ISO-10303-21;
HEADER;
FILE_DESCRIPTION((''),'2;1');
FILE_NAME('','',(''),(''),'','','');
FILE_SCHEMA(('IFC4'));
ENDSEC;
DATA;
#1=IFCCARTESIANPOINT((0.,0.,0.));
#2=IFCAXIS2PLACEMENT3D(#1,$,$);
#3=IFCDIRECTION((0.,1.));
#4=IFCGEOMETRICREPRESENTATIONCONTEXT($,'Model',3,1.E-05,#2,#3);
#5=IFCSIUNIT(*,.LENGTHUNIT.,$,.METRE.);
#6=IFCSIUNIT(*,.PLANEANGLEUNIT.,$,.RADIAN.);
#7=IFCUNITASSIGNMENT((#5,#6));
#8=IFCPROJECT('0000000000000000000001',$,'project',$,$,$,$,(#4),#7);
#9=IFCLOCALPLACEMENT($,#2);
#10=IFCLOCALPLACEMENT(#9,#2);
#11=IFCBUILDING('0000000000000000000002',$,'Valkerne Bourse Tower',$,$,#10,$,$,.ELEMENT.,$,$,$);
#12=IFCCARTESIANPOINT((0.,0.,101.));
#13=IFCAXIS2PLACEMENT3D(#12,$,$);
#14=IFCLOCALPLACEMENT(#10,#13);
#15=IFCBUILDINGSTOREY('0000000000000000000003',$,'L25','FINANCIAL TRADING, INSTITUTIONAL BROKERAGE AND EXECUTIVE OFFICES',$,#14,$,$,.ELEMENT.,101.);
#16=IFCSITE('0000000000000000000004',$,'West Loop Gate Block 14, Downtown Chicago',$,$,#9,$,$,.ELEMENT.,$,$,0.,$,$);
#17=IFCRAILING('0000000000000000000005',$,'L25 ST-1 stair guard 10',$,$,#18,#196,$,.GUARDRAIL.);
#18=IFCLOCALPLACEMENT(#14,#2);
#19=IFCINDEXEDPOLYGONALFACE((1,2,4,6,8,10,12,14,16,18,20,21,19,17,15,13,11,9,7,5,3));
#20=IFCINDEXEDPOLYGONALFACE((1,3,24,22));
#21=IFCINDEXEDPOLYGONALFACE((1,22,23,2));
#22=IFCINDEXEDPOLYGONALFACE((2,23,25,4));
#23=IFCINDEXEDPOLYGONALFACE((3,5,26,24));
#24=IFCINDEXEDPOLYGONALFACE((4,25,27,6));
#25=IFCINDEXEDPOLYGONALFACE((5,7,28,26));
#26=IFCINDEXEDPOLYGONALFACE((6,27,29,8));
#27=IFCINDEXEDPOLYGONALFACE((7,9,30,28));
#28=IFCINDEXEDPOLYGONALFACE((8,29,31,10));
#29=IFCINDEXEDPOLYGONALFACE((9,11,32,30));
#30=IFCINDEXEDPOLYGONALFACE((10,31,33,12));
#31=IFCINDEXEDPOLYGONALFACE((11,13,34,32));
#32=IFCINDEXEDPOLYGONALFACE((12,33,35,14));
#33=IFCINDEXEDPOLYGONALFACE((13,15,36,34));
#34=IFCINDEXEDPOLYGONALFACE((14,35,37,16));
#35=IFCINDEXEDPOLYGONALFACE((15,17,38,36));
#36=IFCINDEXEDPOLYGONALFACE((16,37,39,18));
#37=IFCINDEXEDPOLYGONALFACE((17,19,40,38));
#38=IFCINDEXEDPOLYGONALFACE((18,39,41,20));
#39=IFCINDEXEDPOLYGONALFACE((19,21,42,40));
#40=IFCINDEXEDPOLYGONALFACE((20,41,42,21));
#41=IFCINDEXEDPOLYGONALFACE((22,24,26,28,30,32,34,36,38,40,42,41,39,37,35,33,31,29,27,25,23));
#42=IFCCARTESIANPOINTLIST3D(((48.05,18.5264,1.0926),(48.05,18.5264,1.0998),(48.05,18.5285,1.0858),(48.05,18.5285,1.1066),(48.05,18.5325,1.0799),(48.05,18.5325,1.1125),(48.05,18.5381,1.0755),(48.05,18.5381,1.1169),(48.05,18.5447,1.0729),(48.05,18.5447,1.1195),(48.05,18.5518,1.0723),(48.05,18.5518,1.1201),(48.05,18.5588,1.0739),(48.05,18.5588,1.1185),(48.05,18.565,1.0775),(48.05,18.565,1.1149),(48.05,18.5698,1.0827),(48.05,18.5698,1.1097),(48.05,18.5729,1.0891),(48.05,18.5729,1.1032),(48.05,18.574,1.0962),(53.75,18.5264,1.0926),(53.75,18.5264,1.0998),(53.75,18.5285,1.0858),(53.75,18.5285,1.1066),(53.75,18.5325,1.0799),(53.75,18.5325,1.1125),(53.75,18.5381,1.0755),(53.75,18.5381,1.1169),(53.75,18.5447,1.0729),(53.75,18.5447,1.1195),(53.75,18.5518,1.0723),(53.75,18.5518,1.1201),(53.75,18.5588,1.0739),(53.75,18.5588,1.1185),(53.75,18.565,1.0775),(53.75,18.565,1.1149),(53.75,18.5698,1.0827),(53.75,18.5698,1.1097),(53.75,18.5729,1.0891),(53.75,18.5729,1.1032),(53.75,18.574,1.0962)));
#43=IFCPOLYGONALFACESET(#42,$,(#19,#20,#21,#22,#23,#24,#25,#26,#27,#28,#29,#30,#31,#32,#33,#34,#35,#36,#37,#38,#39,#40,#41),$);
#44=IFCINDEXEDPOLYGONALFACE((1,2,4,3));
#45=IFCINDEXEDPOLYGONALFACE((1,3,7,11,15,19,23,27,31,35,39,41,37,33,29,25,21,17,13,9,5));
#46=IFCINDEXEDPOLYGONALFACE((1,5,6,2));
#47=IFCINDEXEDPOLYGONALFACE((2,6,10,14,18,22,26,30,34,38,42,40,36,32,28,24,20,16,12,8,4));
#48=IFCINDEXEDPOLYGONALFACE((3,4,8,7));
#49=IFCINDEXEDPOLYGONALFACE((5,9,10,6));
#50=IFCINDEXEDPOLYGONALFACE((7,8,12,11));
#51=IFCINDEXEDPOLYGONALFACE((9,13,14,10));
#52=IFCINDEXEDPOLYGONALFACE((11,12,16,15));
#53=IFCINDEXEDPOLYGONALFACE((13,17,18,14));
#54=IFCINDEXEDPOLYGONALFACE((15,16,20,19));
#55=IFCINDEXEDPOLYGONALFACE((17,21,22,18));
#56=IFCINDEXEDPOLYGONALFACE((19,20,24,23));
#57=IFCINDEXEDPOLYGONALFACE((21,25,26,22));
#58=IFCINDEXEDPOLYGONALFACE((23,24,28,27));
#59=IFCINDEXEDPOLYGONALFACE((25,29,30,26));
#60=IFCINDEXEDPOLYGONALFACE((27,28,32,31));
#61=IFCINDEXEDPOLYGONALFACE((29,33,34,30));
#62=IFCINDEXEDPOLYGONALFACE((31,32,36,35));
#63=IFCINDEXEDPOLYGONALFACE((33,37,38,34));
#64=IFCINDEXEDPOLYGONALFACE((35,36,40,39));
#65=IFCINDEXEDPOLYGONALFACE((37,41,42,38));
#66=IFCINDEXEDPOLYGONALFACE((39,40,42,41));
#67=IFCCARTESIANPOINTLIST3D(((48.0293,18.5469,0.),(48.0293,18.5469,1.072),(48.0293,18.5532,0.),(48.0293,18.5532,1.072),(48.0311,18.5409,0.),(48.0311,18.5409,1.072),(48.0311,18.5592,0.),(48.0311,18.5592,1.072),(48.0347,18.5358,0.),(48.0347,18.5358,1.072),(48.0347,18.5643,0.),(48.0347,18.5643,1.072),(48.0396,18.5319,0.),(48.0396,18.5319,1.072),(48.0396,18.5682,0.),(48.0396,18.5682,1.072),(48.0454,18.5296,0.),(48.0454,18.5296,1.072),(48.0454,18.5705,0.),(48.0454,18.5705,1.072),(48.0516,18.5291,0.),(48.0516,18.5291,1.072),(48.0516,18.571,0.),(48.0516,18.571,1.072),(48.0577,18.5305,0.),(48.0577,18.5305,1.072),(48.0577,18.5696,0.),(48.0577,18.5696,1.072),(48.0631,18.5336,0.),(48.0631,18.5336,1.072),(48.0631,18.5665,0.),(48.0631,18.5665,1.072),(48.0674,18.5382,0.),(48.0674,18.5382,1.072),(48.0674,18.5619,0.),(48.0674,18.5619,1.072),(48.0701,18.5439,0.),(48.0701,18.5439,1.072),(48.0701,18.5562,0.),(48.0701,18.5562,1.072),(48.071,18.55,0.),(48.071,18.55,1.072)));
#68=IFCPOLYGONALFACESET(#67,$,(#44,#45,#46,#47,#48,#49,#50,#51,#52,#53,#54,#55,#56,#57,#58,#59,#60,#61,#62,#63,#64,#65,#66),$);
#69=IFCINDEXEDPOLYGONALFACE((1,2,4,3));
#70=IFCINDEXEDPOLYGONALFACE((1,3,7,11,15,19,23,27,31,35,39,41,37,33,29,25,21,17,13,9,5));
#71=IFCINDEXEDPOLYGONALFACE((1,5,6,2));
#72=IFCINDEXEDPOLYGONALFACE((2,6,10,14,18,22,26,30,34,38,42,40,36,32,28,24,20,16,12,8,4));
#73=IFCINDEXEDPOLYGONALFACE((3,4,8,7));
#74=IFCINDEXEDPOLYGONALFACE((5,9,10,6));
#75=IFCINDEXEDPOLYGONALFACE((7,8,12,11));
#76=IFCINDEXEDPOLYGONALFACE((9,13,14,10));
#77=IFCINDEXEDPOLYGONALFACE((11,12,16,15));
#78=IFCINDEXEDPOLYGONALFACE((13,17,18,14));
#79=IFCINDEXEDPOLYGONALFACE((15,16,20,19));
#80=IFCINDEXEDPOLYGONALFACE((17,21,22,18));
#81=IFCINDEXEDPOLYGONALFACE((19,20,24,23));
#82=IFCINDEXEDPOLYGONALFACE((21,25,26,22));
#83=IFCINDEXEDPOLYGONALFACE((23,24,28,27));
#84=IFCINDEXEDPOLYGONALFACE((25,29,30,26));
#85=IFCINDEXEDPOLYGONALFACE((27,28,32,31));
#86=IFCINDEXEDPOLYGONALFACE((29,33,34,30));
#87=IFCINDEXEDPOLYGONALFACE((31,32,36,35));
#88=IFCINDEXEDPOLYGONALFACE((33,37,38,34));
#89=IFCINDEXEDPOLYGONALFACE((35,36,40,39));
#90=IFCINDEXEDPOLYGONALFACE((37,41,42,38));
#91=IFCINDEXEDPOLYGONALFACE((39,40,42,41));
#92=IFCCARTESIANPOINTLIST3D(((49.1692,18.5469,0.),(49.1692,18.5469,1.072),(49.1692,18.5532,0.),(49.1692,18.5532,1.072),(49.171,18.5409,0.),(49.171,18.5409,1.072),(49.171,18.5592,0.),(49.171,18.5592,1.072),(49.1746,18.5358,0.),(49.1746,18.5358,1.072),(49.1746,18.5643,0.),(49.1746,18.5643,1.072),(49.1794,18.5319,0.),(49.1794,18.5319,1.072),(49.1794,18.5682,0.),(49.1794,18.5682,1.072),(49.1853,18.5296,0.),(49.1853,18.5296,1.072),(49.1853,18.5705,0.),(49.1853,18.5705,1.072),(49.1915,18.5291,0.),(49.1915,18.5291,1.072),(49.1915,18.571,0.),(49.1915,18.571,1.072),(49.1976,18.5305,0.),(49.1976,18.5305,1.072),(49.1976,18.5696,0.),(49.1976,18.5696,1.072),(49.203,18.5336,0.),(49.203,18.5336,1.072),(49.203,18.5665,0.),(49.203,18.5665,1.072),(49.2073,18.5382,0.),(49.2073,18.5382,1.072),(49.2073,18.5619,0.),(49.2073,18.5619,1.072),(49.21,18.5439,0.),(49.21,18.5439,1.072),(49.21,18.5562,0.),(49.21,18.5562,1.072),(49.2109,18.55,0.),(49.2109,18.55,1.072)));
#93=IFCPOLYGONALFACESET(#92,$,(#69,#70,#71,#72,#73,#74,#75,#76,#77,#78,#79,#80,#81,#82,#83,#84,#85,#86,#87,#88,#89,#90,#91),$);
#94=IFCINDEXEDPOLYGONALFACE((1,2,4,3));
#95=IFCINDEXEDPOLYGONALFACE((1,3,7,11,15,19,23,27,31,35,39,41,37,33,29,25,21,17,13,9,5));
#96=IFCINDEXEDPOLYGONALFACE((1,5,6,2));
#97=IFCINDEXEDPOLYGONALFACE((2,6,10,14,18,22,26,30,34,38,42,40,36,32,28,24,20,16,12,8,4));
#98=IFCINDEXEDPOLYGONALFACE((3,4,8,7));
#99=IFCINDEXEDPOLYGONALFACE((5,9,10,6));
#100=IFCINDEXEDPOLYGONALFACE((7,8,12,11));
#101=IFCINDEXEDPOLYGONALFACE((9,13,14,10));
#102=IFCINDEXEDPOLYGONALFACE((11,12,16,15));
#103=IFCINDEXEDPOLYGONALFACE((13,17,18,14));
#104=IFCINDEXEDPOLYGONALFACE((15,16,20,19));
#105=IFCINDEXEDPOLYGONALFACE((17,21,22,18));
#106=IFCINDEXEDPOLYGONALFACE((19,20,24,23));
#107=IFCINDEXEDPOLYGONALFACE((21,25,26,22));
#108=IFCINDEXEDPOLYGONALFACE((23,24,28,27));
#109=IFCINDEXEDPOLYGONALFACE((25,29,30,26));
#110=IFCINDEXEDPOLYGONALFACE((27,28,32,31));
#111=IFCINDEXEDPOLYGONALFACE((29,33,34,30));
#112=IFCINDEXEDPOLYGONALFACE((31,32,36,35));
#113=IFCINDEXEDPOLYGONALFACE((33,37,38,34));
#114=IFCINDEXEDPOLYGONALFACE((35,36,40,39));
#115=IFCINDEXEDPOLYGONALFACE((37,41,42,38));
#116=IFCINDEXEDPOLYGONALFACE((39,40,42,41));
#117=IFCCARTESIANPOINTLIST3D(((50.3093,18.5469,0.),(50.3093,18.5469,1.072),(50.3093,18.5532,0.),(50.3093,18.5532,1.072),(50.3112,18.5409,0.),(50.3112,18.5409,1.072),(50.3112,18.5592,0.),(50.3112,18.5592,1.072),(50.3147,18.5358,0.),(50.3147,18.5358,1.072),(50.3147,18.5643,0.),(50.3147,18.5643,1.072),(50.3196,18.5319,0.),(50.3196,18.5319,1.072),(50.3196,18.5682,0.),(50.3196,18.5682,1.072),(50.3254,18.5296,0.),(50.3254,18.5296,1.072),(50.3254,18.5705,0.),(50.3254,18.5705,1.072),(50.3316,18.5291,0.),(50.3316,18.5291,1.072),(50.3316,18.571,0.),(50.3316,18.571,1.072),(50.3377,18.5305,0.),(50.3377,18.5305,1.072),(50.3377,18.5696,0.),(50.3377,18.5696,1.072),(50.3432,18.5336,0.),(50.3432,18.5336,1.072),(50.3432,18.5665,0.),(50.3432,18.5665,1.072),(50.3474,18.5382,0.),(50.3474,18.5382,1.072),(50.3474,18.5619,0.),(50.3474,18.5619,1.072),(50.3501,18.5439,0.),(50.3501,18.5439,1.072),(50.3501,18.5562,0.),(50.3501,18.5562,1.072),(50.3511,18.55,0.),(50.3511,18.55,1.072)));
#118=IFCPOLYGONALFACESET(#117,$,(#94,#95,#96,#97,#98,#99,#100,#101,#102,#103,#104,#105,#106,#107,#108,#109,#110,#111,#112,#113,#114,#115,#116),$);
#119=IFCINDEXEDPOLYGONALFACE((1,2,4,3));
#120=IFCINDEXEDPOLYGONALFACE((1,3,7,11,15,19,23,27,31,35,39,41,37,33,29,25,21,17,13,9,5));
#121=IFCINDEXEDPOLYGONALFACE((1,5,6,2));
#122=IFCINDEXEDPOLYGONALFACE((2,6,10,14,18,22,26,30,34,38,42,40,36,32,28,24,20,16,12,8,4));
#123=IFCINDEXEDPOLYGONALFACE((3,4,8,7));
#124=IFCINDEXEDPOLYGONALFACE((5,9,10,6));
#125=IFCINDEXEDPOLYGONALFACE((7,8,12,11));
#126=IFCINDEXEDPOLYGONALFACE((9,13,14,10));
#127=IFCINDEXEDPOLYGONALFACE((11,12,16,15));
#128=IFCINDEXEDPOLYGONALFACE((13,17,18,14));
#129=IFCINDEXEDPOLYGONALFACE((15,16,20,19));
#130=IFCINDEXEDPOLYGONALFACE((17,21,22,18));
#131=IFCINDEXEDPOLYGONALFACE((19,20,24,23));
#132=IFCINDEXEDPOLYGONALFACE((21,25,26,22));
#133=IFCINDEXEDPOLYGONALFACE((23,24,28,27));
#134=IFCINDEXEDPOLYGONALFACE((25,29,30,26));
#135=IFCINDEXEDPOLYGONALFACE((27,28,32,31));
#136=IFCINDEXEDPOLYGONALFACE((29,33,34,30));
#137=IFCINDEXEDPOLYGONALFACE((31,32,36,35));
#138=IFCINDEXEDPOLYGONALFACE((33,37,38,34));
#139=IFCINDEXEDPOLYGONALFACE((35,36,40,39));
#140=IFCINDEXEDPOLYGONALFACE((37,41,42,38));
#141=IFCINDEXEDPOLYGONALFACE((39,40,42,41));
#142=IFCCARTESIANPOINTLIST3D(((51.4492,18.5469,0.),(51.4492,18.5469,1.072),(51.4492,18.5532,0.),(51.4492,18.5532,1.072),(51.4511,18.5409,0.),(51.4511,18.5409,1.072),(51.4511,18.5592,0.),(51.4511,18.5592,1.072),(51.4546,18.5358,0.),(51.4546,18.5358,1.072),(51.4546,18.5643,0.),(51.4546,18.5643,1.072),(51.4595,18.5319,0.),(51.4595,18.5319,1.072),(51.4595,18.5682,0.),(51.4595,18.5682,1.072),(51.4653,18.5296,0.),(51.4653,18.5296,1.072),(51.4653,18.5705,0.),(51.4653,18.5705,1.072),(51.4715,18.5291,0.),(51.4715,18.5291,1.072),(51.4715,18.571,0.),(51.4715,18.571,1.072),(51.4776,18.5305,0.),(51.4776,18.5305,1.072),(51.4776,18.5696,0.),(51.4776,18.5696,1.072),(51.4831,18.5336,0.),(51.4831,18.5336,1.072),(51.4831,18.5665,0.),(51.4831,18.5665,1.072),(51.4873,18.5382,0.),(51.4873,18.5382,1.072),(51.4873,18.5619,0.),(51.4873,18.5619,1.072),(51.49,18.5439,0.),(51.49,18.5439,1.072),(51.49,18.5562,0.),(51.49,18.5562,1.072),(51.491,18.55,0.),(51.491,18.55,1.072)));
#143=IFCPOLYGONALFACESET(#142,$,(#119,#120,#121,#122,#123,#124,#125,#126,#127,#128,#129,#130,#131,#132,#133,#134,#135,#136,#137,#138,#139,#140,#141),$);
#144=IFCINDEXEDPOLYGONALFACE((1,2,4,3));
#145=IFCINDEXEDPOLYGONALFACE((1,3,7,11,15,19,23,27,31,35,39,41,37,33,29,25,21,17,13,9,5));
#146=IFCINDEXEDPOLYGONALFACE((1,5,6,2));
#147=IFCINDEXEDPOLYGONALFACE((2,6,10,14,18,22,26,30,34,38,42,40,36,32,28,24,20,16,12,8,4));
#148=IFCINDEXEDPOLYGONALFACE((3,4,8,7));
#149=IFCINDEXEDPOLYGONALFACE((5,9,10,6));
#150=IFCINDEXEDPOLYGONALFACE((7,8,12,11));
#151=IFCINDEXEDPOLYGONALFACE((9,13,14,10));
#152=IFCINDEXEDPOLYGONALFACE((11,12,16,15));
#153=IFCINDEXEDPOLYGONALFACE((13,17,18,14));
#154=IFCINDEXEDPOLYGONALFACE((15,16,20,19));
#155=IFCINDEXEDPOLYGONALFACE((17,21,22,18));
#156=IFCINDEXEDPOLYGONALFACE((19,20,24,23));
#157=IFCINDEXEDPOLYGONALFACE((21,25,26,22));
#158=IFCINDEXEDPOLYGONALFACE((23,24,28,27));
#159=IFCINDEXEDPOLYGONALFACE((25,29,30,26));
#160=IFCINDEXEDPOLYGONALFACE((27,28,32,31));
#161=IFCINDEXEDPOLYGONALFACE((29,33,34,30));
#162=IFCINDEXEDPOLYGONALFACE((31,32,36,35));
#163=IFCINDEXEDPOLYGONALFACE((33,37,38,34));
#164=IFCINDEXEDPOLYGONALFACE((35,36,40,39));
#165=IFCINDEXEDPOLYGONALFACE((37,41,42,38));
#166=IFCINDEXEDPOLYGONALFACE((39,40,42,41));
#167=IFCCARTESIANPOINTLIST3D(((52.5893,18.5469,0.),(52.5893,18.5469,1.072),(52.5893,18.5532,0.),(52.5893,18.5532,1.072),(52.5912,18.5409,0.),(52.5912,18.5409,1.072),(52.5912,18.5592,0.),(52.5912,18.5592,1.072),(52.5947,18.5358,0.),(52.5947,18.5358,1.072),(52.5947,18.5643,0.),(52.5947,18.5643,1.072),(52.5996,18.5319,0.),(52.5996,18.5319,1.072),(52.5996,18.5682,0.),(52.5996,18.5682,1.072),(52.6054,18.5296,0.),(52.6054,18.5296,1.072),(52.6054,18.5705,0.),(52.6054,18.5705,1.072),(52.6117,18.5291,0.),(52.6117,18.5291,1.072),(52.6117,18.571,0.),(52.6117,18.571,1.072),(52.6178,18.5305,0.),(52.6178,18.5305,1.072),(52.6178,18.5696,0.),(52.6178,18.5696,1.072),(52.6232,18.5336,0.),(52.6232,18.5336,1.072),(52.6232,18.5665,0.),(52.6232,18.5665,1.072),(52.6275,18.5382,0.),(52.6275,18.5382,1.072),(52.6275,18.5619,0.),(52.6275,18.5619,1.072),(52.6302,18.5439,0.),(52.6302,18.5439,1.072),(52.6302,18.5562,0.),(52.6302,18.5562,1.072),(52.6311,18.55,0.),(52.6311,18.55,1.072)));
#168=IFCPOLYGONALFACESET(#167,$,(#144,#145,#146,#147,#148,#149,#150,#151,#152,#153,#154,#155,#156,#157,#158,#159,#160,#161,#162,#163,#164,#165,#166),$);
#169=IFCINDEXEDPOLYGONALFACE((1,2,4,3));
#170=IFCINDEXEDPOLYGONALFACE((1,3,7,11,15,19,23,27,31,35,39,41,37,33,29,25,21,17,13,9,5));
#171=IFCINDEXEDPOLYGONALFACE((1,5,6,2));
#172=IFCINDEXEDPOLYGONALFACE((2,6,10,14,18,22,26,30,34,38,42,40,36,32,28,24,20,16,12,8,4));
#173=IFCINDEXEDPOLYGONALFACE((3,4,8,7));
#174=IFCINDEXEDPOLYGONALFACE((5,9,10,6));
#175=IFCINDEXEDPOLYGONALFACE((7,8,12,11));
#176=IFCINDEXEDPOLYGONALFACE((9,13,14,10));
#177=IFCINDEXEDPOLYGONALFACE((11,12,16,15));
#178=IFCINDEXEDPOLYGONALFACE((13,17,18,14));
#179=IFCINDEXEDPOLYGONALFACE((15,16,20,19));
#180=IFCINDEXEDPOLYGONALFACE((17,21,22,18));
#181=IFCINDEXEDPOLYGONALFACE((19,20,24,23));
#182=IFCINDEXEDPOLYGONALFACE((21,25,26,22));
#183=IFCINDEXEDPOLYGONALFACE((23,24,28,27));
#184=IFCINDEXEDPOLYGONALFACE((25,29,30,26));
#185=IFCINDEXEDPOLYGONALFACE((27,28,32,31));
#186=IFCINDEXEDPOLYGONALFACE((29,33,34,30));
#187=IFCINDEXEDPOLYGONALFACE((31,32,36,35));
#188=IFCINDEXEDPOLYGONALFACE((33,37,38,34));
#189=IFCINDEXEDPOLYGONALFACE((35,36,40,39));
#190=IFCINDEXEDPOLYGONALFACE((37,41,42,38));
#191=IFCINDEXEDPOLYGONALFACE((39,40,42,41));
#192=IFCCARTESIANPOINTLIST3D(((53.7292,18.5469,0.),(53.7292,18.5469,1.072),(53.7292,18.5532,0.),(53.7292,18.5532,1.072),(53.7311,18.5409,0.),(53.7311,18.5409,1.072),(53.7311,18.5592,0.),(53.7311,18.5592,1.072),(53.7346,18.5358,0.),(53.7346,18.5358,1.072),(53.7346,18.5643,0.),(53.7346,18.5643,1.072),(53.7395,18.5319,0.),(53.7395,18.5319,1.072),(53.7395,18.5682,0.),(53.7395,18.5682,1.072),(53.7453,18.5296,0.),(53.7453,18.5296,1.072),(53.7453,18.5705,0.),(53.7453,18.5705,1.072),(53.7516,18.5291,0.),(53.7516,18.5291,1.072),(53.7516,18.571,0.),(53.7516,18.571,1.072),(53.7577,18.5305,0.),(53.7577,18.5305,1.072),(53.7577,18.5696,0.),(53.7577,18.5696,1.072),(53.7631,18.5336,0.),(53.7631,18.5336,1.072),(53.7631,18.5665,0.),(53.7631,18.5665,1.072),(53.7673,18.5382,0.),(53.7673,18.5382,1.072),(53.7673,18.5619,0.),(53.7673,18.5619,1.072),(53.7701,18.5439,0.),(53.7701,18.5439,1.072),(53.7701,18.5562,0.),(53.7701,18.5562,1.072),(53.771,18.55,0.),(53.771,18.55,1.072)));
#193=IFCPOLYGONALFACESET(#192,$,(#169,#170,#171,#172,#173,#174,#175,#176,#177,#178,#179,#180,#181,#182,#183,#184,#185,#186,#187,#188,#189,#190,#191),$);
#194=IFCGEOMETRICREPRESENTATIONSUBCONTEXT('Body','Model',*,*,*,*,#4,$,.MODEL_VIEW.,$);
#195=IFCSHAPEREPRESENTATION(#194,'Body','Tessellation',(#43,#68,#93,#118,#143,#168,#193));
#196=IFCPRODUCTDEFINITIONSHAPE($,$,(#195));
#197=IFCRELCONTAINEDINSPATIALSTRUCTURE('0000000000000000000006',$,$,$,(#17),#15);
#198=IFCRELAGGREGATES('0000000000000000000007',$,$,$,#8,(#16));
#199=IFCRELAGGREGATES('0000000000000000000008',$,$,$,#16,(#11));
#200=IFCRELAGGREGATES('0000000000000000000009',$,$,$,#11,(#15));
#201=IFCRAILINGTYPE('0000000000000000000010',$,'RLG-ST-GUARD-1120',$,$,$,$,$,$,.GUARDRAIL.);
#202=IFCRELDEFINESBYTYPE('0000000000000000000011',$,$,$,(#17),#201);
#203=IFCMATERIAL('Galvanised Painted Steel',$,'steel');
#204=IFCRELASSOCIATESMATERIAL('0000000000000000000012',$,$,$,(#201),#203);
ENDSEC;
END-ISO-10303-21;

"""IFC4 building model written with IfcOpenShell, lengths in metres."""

from ifc_helpers import new_model, si_unit, direction, frame, origin, origin_2d, place, context, subcontext, project, spatial, circle, extrude, material, type_object, element, save


model = new_model("IFC4")

# Units and contexts
model_context = context("Model", 3, precision=1e-05, world=origin(), true_north=direction((0.0, 1.0)))
body_context = subcontext(model_context, "Body", "Model", "MODEL_VIEW")
ifc_project = project(units=[si_unit("LENGTHUNIT", "METRE"), si_unit("PLANEANGLEUNIT", "RADIAN")], contexts=[model_context])

# Site, building, storey
site_placement = place(None, origin())
site = spatial("IfcSite", under=ifc_project, at=site_placement, Name="West Loop Gate Block 14, Downtown Chicago", CompositionType="ELEMENT", RefElevation=0.0)
building_placement = place(site_placement, origin())
building = spatial("IfcBuilding", under=site, at=building_placement, Name="Valkerne Bourse Tower", CompositionType="ELEMENT")
storey_placement = place(building_placement, frame((0.0, 0.0, 101.0)))
storey = spatial("IfcBuildingStorey", under=building, at=storey_placement, Name="L25", Description="FINANCIAL TRADING, INSTITUTIONAL BROKERAGE AND EXECUTIVE OFFICES", CompositionType="ELEMENT", Elevation=101.0)

# Railing
ifc_material_1 = material(Name="Galvanised Painted Steel", Category="steel")
railing_type = type_object("IfcRailingType", Name="RLG-ST-GUARD-1120", PredefinedType="GUARDRAIL", material=ifc_material_1)
railing_placement = place(storey_placement, frame((48.05, 18.55, 0.0)))
element("IfcRailing", 1, at=railing_placement, inside=storey, type_object=railing_type, Name="L25 ST-1 stair guard 10", PredefinedType="GUARDRAIL", context=body_context, shape_type="SweptSolid", body=[
    extrude(circle(Radius=0.0239, at=origin_2d()), frame((0.0, 0.0, 1.0962), z_axis=(1.0, 0.0, 0.0), x_axis=(0.0, 1.0, 0.0)), (0.0, 0.0, 1.0), 5.7),
    extrude(circle(Radius=0.021, at=origin_2d()), origin(), (0.0, 0.0, 1.0), 1.072),
    extrude(circle(Radius=0.021, at=origin_2d()), frame((1.1399, 0.0, 0.0)), (0.0, 0.0, 1.0), 1.072),
    extrude(circle(Radius=0.021, at=origin_2d()), frame((2.28, 0.0, 0.0)), (0.0, 0.0, 1.0), 1.072),
    extrude(circle(Radius=0.021, at=origin_2d()), frame((3.4199, 0.0, 0.0)), (0.0, 0.0, 1.0), 1.072),
    extrude(circle(Radius=0.021, at=origin_2d()), frame((4.5601, 0.0, 0.0)), (0.0, 0.0, 1.0), 1.072),
    extrude(circle(Radius=0.021, at=origin_2d()), frame((5.7, 0.0, 0.0)), (0.0, 0.0, 1.0), 1.072),
])

save(model, "model.ifc")
